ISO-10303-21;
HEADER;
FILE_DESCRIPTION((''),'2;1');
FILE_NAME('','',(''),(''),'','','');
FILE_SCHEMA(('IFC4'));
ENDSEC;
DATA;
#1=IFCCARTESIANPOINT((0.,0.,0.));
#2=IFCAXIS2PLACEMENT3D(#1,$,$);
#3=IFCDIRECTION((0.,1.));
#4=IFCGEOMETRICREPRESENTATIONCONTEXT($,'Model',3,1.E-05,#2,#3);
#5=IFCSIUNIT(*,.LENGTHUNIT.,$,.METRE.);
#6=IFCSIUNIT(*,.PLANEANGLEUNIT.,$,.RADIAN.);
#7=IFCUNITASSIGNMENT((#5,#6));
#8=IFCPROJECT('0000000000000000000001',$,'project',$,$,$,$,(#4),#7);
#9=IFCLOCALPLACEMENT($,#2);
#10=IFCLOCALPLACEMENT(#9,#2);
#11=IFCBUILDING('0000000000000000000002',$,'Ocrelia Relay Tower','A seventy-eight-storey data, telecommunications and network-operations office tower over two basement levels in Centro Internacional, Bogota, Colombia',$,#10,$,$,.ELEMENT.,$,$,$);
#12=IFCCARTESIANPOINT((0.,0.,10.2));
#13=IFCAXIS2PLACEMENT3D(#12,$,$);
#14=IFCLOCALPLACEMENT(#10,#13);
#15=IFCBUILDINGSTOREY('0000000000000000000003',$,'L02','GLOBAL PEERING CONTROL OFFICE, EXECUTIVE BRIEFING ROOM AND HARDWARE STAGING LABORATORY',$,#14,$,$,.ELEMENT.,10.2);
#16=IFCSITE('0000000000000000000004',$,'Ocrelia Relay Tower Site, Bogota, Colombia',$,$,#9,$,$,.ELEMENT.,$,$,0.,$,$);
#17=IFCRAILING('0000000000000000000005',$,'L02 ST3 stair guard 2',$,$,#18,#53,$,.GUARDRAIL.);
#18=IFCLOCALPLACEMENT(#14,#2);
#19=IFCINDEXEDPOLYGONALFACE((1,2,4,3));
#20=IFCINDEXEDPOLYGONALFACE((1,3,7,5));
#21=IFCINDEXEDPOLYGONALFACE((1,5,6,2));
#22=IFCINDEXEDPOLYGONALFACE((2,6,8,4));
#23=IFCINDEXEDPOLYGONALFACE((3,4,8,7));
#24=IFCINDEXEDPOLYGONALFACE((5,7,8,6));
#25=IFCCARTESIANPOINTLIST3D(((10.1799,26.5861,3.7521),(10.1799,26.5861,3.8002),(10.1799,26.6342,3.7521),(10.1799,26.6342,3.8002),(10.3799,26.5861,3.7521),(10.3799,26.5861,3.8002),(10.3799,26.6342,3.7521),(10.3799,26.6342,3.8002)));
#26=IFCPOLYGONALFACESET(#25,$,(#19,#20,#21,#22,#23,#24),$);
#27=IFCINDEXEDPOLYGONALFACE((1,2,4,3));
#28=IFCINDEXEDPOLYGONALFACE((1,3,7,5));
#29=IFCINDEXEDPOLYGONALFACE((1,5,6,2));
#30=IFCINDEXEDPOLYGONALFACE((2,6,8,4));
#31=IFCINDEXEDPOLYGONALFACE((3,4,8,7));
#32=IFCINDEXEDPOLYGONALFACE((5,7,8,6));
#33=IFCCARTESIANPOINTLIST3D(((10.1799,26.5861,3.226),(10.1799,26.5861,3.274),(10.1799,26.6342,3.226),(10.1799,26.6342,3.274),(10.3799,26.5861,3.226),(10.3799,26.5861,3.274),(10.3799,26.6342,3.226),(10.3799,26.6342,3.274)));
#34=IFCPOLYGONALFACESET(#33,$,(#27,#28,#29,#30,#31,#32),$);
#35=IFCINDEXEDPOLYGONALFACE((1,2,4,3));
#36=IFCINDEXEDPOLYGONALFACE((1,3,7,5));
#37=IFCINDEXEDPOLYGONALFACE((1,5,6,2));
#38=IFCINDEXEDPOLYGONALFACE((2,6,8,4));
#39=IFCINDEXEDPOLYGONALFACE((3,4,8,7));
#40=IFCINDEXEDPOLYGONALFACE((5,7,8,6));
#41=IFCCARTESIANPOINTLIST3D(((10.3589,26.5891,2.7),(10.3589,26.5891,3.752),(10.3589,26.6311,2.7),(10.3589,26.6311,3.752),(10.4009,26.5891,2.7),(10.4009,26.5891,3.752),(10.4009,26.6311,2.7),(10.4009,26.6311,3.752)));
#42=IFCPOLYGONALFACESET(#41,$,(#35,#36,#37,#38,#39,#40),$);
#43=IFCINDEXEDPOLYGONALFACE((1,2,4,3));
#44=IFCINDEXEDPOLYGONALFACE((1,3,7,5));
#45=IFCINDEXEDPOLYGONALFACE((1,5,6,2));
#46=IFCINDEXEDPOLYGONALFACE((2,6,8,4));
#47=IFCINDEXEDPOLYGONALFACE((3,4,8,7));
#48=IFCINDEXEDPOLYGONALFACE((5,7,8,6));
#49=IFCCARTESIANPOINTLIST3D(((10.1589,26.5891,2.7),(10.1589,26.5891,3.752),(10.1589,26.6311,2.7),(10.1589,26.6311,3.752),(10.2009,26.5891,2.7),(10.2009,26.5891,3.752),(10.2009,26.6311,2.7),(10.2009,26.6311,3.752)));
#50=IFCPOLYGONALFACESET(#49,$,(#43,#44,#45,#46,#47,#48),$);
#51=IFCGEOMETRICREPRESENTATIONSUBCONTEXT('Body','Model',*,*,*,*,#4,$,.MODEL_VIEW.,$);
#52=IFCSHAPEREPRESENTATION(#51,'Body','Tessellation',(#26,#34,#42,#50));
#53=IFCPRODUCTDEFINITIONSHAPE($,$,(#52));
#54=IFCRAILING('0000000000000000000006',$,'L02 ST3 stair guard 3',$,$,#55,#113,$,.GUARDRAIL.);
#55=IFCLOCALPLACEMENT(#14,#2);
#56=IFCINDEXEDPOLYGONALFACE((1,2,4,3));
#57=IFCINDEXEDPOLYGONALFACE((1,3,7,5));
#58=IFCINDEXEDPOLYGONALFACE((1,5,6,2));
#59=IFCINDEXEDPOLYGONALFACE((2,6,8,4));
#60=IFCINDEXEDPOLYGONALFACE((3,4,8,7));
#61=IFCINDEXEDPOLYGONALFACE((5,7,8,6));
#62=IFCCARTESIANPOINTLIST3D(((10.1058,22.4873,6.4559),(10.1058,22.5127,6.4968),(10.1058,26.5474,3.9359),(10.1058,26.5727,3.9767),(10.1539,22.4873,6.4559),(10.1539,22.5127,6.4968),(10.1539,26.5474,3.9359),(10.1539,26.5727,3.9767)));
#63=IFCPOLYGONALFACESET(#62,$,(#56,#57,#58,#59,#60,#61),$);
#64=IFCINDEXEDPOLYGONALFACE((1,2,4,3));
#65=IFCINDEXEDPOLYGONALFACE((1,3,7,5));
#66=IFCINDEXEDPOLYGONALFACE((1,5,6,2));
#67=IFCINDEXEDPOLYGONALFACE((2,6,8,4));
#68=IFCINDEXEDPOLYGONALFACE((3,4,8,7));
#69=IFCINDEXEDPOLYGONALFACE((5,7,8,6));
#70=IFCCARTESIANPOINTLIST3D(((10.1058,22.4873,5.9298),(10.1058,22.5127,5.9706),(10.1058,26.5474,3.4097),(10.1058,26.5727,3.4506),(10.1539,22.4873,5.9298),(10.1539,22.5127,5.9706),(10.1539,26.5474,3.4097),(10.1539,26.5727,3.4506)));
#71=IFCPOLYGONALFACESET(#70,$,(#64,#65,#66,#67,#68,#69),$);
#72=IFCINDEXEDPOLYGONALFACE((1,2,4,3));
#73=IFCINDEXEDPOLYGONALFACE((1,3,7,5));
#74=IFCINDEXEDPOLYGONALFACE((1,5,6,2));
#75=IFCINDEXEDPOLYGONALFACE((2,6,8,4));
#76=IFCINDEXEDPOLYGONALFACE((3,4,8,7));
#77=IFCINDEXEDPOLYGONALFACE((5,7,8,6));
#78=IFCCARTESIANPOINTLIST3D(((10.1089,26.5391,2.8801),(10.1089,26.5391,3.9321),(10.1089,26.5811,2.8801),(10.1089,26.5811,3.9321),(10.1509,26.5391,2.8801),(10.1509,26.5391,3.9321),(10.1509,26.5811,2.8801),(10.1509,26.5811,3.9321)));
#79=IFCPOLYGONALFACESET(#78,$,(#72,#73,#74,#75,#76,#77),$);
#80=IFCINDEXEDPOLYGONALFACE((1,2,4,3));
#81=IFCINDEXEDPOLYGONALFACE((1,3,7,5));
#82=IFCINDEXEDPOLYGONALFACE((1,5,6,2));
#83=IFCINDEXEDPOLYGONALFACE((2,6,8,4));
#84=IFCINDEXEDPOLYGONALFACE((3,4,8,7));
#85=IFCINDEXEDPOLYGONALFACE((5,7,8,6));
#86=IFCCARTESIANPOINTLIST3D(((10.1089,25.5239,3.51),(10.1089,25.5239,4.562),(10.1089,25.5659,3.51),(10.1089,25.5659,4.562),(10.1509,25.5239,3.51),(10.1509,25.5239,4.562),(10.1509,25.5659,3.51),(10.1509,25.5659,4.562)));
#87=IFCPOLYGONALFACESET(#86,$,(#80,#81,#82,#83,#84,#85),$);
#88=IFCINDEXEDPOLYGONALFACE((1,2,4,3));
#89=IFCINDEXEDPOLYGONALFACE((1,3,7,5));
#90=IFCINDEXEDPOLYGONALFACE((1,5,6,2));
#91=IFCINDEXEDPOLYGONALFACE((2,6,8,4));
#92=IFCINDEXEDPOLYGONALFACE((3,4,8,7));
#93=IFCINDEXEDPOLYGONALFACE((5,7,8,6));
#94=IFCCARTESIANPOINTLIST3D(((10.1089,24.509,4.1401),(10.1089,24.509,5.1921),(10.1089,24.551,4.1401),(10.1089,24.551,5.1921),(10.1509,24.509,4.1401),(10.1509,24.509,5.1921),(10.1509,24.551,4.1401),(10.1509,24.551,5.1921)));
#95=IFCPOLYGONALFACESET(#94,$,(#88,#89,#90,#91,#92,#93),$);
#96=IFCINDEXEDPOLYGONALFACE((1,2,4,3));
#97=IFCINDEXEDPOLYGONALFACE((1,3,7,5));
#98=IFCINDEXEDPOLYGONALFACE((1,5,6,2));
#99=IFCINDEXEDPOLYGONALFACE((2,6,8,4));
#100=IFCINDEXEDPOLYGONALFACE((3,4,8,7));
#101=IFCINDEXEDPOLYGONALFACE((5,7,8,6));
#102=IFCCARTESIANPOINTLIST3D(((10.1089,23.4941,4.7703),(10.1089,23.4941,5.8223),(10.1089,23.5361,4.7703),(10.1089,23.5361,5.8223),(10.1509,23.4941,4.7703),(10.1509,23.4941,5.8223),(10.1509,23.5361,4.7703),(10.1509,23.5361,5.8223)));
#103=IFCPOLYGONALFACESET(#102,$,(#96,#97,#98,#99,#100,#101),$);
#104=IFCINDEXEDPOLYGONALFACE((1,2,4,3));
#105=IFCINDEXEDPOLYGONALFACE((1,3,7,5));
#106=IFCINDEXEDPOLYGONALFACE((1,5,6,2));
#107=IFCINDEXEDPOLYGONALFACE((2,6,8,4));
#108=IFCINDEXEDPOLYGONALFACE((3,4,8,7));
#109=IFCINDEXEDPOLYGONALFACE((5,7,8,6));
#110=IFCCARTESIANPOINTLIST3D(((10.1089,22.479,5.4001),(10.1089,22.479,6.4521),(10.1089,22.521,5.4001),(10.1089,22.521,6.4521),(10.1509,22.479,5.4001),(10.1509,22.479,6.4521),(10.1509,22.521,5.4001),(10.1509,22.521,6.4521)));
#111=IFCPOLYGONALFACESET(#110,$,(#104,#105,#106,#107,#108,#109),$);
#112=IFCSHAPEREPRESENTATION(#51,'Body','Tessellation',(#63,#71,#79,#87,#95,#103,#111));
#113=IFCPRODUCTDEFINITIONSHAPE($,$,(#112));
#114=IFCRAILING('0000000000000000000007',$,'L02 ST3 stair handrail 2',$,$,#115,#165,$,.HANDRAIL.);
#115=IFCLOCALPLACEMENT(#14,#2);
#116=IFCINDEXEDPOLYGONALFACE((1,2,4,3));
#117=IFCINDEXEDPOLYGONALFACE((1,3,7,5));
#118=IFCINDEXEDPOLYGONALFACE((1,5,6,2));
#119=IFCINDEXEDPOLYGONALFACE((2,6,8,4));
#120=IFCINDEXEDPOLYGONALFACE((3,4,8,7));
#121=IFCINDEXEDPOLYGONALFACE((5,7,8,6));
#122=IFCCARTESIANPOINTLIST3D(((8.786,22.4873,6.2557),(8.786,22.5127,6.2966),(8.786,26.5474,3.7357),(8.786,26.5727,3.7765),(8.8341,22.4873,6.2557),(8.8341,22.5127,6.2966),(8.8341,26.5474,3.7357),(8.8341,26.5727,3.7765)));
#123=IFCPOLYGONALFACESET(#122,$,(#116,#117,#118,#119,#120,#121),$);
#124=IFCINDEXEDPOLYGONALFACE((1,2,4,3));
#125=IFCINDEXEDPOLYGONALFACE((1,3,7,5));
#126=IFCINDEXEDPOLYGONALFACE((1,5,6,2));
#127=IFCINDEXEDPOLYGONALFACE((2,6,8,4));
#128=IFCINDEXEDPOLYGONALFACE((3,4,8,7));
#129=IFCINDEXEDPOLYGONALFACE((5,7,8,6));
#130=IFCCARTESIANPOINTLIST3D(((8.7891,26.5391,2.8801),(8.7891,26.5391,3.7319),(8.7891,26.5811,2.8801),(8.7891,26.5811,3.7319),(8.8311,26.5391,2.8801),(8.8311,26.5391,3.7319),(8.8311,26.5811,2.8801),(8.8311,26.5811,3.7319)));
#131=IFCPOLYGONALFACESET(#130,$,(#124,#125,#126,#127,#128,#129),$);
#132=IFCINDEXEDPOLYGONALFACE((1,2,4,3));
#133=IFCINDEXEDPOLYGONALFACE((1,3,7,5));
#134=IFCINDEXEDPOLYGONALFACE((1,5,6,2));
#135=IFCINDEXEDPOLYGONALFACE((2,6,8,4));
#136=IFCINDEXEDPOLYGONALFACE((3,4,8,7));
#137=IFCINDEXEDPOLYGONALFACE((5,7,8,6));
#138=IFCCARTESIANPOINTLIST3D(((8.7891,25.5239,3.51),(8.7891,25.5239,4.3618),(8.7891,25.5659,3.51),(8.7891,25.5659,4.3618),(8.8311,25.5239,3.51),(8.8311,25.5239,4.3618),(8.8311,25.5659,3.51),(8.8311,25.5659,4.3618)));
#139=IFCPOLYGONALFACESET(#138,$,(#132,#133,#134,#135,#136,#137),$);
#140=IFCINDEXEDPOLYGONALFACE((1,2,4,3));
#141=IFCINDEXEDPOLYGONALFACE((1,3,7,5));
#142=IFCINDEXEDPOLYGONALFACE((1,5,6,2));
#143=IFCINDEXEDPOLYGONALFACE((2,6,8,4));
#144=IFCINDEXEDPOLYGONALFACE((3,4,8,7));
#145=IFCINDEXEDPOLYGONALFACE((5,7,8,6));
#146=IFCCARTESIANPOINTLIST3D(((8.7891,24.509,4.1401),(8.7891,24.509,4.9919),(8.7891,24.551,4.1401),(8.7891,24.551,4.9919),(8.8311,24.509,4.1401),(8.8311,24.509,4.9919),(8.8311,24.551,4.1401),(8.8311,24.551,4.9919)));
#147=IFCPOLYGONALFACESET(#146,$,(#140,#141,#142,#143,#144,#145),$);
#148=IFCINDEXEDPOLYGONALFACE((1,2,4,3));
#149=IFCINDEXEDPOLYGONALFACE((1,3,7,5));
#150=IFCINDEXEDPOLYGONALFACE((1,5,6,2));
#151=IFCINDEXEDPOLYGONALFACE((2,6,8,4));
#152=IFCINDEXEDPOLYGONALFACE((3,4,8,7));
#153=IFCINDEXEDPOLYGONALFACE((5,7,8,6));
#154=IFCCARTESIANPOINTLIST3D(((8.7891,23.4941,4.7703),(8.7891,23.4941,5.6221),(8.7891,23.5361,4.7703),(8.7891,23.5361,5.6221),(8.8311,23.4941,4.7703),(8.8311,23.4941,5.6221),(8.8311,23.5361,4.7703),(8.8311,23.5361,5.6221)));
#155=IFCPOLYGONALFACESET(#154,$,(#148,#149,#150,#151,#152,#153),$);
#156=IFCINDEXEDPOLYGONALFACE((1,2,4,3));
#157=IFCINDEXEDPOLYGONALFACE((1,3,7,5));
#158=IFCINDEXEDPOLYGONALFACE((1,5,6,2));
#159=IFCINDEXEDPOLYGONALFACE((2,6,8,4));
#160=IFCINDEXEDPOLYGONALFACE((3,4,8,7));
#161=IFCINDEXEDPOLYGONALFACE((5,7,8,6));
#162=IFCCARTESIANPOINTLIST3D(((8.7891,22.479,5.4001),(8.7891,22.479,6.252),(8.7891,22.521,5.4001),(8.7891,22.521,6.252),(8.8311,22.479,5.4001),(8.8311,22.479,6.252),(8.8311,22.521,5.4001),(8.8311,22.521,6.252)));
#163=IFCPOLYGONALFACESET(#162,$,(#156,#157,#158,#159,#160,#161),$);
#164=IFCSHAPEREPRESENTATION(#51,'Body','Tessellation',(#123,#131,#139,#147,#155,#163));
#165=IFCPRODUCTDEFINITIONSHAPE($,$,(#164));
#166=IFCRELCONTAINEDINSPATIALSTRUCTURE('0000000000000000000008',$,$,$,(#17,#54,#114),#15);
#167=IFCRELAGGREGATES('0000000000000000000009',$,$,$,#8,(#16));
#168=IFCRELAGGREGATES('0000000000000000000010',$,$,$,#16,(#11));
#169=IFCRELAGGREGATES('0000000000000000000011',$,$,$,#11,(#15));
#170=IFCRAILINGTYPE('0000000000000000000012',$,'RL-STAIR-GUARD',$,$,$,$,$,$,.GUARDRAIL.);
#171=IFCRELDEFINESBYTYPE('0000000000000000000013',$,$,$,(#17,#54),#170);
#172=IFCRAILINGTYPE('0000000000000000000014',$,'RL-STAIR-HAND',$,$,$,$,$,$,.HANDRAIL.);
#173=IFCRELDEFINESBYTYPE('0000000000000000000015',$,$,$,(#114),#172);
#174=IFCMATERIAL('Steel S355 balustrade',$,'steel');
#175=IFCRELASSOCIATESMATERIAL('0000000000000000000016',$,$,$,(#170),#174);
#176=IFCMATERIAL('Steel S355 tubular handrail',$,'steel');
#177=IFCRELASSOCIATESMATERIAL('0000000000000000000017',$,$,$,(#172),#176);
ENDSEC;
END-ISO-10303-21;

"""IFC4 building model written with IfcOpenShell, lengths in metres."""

from ifc_helpers import new_model, si_unit, direction, frame, origin, origin_2d, place, context, subcontext, project, spatial, rectangle, extrude, material, type_object, element, save


model = new_model("IFC4")

# Units and contexts
model_context = context("Model", 3, precision=1e-05, world=origin(), true_north=direction((0.0, 1.0)))
body_context = subcontext(model_context, "Body", "Model", "MODEL_VIEW")
ifc_project = project(units=[si_unit("LENGTHUNIT", "METRE"), si_unit("PLANEANGLEUNIT", "RADIAN")], contexts=[model_context])

# Site, building, storey
site_placement = place(None, origin())
site = spatial("IfcSite", under=ifc_project, at=site_placement, Name="Ocrelia Relay Tower Site, Bogota, Colombia", CompositionType="ELEMENT", RefElevation=0.0)
building_placement = place(site_placement, origin())
building = spatial("IfcBuilding", under=site, at=building_placement, Name="Ocrelia Relay Tower", Description="A seventy-eight-storey data, telecommunications and network-operations office tower over two basement levels in Centro Internacional, Bogota, Colombia", CompositionType="ELEMENT")
storey_placement = place(building_placement, frame((0.0, 0.0, 10.2)))
storey = spatial("IfcBuildingStorey", under=building, at=storey_placement, Name="L02", Description="GLOBAL PEERING CONTROL OFFICE, EXECUTIVE BRIEFING ROOM AND HARDWARE STAGING LABORATORY", CompositionType="ELEMENT", Elevation=10.2)

# Railings
ifc_material_1 = material(Name="Steel S355 balustrade", Category="steel")
railing_type_1 = type_object("IfcRailingType", Name="RL-STAIR-GUARD", PredefinedType="GUARDRAIL", material=ifc_material_1)
railing_1_placement = place(storey_placement, frame((10.3799, 26.6101, 2.7)))
element("IfcRailing", 1, at=railing_1_placement, inside=storey, type_object=railing_type_1, Name="L02 ST3 stair guard 2", PredefinedType="GUARDRAIL", context=body_context, shape_type="SweptSolid", body=[
    extrude(rectangle(XDim=0.0481, YDim=0.0481, at=origin_2d()), frame((0.0, 0.0, 1.0762), z_axis=(-1.0, 0.0, 0.0), x_axis=(0.0, -1.0, 0.0)), (0.0, 0.0, 1.0), 0.2),
    extrude(rectangle(XDim=0.0481, YDim=0.0481, at=origin_2d()), frame((0.0, 0.0, 0.55), z_axis=(-1.0, 0.0, 0.0), x_axis=(0.0, -1.0, 0.0)), (0.0, 0.0, 1.0), 0.2),
    extrude(rectangle(XDim=0.042, YDim=0.042, at=origin_2d()), origin(), (0.0, 0.0, 1.0), 1.052),
    extrude(rectangle(XDim=0.042, YDim=0.042, at=origin_2d()), frame((-0.2, 0.0, 0.0)), (0.0, 0.0, 1.0), 1.052),
])
railing_2_placement = place(storey_placement, frame((10.1299, 26.5601, 2.8801)))
element("IfcRailing", 2, at=railing_2_placement, inside=storey, type_object=railing_type_1, Name="L02 ST3 stair guard 3", PredefinedType="GUARDRAIL", context=body_context, shape_type="SweptSolid", body=[
    extrude(rectangle(XDim=0.0481, YDim=0.0481, at=origin_2d()), frame((0.0, 0.0, 1.0762), z_axis=(0.0, -0.849642, 0.52736), x_axis=(1.0, 0.0, 0.0)), (0.0, 0.0, 1.0), 4.7786),
    extrude(rectangle(XDim=0.0481, YDim=0.0481, at=origin_2d()), frame((0.0, 0.0, 0.55), z_axis=(0.0, -0.849642, 0.52736), x_axis=(1.0, 0.0, 0.0)), (0.0, 0.0, 1.0), 4.7786),
    extrude(rectangle(XDim=0.042, YDim=0.042, at=origin_2d()), origin(), (0.0, 0.0, 1.0), 1.052),
    extrude(rectangle(XDim=0.042, YDim=0.042, at=origin_2d()), frame((0.0, -1.0151, 0.6299)), (0.0, 0.0, 1.0), 1.052),
    extrude(rectangle(XDim=0.042, YDim=0.042, at=origin_2d()), frame((0.0, -2.03, 1.26)), (0.0, 0.0, 1.0), 1.052),
    extrude(rectangle(XDim=0.042, YDim=0.042, at=origin_2d()), frame((0.0, -3.0449, 1.8901)), (0.0, 0.0, 1.0), 1.052),
    extrude(rectangle(XDim=0.042, YDim=0.042, at=origin_2d()), frame((0.0, -4.0601, 2.52)), (0.0, 0.0, 1.0), 1.052),
])
ifc_material_2 = material(Name="Steel S355 tubular handrail", Category="steel")
railing_type_2 = type_object("IfcRailingType", Name="RL-STAIR-HAND", PredefinedType="HANDRAIL", material=ifc_material_2)
railing_3_placement = place(storey_placement, frame((8.8101, 26.5601, 2.8801)))
element("IfcRailing", 3, at=railing_3_placement, inside=storey, type_object=railing_type_2, Name="L02 ST3 stair handrail 2", PredefinedType="HANDRAIL", context=body_context, shape_type="SweptSolid", body=[
    extrude(rectangle(XDim=0.0481, YDim=0.0481, at=origin_2d()), frame((0.0, 0.0, 0.876), z_axis=(0.0, -0.849642, 0.52736), x_axis=(1.0, 0.0, 0.0)), (0.0, 0.0, 1.0), 4.7786),
    extrude(rectangle(XDim=0.042, YDim=0.042, at=origin_2d()), origin(), (0.0, 0.0, 1.0), 0.8518),
    extrude(rectangle(XDim=0.042, YDim=0.042, at=origin_2d()), frame((0.0, -1.0151, 0.6299)), (0.0, 0.0, 1.0), 0.8518),
    extrude(rectangle(XDim=0.042, YDim=0.042, at=origin_2d()), frame((0.0, -2.03, 1.26)), (0.0, 0.0, 1.0), 0.8518),
    extrude(rectangle(XDim=0.042, YDim=0.042, at=origin_2d()), frame((0.0, -3.0449, 1.8901)), (0.0, 0.0, 1.0), 0.8518),
    extrude(rectangle(XDim=0.042, YDim=0.042, at=origin_2d()), frame((0.0, -4.0601, 2.52)), (0.0, 0.0, 1.0), 0.8518),
])

save(model, "model.ifc")
